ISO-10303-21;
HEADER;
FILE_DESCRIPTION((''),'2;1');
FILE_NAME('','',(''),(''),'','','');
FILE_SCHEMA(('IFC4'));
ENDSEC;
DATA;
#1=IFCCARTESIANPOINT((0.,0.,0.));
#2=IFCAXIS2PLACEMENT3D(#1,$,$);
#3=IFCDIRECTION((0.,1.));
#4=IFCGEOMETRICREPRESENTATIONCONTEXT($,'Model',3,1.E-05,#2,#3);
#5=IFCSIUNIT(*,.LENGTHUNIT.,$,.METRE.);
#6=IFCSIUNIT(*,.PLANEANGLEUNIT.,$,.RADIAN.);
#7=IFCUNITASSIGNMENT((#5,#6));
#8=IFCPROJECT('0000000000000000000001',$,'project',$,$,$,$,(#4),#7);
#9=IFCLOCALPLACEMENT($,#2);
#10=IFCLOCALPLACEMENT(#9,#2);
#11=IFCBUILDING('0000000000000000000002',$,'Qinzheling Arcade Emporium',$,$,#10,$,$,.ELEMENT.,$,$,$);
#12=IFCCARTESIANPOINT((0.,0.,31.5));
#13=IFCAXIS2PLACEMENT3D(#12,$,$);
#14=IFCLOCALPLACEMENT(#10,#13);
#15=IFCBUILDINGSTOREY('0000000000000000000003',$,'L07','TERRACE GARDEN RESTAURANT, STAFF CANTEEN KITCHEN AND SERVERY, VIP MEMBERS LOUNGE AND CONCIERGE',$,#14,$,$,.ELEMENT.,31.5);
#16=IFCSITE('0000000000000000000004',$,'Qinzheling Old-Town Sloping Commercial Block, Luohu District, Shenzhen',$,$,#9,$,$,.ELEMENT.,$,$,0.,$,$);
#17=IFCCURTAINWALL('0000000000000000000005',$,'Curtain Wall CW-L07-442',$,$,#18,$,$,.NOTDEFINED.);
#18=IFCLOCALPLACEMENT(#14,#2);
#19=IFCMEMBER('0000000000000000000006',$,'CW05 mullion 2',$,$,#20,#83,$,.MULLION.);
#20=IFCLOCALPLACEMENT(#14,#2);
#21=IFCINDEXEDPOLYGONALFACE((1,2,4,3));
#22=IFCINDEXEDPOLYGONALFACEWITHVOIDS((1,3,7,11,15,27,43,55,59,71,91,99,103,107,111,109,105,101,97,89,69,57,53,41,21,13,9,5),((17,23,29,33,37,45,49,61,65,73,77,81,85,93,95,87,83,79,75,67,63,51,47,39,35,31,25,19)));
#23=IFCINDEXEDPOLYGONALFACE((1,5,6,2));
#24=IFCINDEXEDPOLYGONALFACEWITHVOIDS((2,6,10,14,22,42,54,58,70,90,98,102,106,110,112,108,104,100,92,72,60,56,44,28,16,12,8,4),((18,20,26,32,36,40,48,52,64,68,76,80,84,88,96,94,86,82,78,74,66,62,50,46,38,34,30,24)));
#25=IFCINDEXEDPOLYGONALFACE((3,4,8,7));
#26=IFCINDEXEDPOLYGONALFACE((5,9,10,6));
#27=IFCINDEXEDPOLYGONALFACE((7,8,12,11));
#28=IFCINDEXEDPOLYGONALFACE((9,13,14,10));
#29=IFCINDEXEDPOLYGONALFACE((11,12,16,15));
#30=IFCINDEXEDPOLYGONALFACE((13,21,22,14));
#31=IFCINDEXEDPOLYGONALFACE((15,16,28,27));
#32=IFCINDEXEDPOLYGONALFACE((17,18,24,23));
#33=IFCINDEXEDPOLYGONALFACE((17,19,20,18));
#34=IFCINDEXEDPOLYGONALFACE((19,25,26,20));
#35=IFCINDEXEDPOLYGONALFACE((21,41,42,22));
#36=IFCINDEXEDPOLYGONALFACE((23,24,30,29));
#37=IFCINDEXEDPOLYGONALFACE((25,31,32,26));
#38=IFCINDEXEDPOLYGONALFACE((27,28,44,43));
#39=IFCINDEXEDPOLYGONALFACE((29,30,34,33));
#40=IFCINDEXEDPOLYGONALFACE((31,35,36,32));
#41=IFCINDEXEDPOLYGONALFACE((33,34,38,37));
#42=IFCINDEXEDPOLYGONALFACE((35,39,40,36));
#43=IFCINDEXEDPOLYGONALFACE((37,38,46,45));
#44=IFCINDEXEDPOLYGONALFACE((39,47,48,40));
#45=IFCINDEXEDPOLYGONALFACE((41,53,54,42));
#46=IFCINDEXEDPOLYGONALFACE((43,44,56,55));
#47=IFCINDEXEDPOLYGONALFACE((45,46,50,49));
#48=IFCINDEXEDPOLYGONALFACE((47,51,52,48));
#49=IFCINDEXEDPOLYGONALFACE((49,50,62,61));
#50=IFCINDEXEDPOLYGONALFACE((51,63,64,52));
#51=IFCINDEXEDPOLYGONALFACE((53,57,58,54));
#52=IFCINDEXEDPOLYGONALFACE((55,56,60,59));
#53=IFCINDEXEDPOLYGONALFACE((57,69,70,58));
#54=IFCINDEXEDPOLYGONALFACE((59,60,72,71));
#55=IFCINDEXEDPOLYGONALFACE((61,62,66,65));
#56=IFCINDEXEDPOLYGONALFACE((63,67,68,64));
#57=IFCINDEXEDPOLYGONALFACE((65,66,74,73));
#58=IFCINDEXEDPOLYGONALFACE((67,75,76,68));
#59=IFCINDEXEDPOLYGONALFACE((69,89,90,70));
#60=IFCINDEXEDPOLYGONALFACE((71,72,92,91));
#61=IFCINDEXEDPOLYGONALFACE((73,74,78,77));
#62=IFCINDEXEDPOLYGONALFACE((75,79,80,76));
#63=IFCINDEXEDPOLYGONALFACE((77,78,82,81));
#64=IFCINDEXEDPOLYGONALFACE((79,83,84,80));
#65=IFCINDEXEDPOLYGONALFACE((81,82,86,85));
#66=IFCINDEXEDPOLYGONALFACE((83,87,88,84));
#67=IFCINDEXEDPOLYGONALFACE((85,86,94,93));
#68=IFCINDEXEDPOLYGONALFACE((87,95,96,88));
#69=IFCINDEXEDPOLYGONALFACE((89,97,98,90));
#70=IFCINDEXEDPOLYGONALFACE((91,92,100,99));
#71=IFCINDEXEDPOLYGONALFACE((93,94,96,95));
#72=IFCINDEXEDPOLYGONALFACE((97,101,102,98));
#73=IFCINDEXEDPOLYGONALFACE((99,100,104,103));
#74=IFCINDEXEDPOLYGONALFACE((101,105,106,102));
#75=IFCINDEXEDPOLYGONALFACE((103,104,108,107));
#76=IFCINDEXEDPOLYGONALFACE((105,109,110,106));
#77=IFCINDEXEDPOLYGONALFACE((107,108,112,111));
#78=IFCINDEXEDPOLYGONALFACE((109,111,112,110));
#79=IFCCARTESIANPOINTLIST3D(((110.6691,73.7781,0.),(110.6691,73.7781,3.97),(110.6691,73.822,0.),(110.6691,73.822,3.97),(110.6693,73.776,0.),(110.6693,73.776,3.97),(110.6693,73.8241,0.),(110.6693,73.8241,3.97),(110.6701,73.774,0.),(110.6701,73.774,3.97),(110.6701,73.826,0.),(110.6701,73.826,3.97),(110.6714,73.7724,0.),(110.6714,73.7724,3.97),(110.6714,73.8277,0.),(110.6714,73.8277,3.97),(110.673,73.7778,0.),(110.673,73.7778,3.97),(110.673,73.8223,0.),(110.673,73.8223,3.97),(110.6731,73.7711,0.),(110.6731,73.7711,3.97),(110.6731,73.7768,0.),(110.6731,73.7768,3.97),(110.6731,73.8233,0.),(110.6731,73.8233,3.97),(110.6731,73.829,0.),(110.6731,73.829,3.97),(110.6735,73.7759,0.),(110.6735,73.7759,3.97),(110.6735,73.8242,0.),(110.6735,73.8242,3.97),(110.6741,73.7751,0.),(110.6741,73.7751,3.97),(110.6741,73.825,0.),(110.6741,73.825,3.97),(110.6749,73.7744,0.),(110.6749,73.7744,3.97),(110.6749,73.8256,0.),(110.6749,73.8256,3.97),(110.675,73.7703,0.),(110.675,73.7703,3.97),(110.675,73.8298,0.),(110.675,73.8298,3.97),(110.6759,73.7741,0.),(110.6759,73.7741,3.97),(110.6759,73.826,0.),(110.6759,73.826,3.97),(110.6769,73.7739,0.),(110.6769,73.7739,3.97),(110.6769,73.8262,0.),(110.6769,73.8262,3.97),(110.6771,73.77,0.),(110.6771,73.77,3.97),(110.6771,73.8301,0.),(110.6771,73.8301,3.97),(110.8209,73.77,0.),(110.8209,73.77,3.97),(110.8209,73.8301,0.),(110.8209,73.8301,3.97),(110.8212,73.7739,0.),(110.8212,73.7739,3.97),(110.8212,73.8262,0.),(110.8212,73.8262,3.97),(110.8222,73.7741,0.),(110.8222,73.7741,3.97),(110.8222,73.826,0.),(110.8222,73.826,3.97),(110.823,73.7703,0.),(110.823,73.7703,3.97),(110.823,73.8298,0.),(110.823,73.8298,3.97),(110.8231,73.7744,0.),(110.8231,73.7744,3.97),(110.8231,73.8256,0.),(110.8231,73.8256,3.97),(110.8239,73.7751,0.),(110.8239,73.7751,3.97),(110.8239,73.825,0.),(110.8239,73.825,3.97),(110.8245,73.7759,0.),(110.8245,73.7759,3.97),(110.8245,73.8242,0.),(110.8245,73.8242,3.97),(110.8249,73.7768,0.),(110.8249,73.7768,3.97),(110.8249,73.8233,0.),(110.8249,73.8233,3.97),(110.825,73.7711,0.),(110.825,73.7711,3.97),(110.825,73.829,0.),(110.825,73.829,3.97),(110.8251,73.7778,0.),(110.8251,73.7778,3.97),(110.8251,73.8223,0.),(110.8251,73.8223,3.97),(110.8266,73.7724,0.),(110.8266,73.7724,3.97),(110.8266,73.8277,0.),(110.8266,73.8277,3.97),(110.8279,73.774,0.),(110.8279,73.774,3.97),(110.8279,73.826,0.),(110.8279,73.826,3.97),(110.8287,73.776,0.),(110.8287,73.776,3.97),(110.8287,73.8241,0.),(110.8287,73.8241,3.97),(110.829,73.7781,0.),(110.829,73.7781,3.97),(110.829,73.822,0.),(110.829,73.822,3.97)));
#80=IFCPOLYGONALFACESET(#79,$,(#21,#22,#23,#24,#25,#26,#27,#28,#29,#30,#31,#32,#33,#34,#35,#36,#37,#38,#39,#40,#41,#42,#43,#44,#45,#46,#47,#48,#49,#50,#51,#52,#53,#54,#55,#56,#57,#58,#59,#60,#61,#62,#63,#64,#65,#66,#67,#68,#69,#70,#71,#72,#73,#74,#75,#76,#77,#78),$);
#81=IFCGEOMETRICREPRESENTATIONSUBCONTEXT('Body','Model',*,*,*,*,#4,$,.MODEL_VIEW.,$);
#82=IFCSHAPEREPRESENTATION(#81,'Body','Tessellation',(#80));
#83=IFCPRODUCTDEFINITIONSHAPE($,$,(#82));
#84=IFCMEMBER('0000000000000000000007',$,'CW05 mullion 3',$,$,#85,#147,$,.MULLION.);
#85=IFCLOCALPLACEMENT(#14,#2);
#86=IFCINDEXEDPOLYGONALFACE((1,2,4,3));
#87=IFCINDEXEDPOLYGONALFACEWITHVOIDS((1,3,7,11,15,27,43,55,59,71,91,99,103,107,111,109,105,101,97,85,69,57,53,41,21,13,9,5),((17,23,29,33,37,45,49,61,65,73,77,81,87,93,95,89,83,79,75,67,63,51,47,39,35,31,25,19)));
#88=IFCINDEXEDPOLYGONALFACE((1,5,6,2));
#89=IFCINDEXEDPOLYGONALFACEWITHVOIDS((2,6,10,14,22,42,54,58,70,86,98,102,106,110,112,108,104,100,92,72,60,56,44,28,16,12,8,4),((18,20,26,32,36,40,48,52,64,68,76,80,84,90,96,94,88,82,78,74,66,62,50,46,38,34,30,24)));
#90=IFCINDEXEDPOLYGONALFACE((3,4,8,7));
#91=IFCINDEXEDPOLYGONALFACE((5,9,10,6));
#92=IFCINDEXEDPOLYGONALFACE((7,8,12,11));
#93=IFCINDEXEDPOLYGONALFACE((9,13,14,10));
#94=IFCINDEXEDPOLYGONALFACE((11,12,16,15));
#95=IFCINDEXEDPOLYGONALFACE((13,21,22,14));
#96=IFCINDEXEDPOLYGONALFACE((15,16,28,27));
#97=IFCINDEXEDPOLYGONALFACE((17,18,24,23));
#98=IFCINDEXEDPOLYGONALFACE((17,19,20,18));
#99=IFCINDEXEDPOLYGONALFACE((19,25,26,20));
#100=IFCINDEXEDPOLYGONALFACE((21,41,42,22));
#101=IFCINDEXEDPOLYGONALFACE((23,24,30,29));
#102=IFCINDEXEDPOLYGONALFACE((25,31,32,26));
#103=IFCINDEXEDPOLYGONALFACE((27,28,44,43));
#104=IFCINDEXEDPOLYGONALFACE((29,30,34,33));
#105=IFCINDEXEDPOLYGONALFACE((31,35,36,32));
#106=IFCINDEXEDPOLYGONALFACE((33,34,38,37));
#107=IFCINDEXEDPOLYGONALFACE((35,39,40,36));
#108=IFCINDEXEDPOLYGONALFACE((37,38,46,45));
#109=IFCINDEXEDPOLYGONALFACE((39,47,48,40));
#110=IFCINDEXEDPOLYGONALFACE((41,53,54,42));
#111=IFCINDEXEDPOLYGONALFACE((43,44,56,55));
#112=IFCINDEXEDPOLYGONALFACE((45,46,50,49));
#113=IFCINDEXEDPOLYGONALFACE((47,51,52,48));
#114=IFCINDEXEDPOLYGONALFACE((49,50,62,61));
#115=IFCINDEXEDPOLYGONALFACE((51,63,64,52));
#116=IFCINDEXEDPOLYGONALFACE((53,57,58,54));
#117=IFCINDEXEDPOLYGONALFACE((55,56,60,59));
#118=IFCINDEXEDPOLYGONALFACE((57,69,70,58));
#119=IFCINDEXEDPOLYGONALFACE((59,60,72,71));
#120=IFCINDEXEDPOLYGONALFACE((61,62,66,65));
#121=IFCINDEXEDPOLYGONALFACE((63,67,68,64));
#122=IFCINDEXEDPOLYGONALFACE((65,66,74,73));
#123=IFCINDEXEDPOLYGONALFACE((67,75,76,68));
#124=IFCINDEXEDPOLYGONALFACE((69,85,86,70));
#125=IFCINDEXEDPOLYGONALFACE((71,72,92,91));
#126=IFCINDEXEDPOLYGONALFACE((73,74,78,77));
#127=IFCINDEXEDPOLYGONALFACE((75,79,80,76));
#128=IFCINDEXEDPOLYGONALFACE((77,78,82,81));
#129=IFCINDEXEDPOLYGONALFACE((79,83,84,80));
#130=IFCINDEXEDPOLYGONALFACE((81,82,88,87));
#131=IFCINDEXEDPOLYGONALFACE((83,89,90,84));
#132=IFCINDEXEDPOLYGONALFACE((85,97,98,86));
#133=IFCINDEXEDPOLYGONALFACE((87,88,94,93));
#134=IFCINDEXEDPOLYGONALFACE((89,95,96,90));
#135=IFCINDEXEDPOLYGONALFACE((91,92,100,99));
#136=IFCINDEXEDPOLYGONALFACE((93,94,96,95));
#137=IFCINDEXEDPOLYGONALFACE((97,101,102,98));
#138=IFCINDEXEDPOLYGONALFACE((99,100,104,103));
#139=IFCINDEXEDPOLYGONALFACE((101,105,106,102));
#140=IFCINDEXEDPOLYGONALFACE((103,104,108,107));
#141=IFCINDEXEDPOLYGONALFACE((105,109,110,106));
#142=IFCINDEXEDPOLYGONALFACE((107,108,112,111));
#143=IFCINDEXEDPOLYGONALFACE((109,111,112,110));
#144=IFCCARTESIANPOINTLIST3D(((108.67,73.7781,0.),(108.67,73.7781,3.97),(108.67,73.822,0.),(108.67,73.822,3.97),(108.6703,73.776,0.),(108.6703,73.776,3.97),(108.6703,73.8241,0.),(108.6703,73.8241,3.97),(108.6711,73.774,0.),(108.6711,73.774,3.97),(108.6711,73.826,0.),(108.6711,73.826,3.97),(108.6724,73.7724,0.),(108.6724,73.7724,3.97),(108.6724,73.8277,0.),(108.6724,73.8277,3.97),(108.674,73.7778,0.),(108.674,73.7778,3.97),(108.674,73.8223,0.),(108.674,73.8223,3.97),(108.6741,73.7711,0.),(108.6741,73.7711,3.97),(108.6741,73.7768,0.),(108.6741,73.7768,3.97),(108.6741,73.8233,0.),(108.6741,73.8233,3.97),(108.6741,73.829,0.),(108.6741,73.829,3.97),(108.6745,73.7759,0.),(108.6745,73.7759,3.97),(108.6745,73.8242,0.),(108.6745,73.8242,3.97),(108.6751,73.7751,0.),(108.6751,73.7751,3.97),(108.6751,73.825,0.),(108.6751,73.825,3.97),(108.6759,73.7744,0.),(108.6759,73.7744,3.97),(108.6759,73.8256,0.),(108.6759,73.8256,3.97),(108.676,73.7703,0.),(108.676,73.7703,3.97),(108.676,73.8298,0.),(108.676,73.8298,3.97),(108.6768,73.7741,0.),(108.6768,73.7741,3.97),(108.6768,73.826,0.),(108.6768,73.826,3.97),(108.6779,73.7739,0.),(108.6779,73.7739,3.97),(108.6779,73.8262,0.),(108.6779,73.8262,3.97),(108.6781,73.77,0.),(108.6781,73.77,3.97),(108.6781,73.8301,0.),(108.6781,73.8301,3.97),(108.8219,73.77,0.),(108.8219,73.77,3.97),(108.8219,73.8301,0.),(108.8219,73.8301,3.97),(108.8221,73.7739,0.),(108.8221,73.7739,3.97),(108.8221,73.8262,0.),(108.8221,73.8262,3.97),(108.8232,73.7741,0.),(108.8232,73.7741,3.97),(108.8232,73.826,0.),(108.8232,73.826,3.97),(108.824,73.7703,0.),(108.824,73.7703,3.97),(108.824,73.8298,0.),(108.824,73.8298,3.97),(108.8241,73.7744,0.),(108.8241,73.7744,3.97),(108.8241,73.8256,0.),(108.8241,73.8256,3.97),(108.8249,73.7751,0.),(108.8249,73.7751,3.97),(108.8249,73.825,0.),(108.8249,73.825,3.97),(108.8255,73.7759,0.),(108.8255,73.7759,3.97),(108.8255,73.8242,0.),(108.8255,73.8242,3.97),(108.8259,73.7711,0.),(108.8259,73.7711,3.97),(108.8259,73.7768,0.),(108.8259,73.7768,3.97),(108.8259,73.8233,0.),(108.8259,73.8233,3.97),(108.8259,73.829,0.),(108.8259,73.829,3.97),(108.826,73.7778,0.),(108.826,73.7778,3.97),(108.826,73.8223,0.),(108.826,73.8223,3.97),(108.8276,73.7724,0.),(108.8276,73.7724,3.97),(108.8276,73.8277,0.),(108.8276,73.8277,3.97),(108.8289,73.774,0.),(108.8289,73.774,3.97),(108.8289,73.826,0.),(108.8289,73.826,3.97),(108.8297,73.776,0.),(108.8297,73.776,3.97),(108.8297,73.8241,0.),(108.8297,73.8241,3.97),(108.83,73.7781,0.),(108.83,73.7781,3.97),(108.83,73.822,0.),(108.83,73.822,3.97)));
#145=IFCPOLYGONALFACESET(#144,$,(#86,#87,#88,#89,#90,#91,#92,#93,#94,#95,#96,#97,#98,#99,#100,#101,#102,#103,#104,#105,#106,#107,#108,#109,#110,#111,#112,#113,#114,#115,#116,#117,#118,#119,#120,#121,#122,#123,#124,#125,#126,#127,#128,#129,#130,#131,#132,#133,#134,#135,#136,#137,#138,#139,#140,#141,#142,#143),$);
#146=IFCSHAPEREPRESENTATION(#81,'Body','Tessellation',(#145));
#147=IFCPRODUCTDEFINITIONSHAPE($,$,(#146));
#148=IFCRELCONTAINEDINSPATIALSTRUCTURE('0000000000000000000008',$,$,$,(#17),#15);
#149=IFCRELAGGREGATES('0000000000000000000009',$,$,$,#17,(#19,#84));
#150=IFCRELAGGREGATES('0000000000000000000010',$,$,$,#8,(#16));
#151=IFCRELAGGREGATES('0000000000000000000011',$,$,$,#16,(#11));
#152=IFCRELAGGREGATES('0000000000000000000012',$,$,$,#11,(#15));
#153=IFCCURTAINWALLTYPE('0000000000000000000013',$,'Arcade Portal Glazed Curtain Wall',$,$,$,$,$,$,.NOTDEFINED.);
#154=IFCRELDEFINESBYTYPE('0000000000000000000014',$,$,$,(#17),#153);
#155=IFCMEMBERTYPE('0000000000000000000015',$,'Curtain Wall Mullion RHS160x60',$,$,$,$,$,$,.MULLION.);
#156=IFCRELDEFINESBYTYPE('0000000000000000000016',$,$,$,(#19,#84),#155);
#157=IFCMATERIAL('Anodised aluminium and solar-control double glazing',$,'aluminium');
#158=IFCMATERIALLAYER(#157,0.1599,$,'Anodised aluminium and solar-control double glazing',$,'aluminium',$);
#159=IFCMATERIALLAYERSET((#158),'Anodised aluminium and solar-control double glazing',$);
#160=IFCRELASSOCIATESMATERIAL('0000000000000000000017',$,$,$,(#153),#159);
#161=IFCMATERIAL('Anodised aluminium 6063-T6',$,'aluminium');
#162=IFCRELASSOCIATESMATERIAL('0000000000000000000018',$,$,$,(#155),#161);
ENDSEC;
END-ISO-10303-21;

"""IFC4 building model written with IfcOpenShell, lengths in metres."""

from ifc_helpers import new_model, si_unit, direction, frame, origin, origin_2d, place, context, subcontext, project, spatial, hollow_rectangle, extrude, material, layer, layer_set, material_profile, profile_set, type_object, element, aggregate, save


model = new_model("IFC4")

# Units and contexts
model_context = context("Model", 3, precision=1e-05, world=origin(), true_north=direction((0.0, 1.0)))
body_context = subcontext(model_context, "Body", "Model", "MODEL_VIEW")
ifc_project = project(units=[si_unit("LENGTHUNIT", "METRE"), si_unit("PLANEANGLEUNIT", "RADIAN")], contexts=[model_context])

# Site, building, storey
site_placement = place(None, origin())
site = spatial("IfcSite", under=ifc_project, at=site_placement, Name="Qinzheling Old-Town Sloping Commercial Block, Luohu District, Shenzhen", CompositionType="ELEMENT", RefElevation=0.0)
building_placement = place(site_placement, origin())
building = spatial("IfcBuilding", under=site, at=building_placement, Name="Qinzheling Arcade Emporium", CompositionType="ELEMENT")
storey_placement = place(building_placement, frame((0.0, 0.0, 31.5)))
storey = spatial("IfcBuildingStorey", under=building, at=storey_placement, Name="L07", Description="TERRACE GARDEN RESTAURANT, STAFF CANTEEN KITCHEN AND SERVERY, VIP MEMBERS LOUNGE AND CONCIERGE", CompositionType="ELEMENT", Elevation=31.5)

# Shared definitions
ifc_material_1 = material(Name="Anodised aluminium and solar-control double glazing", Category="aluminium")
ifc_layer_1 = layer(ifc_material_1, 0.1599, Name="Anodised aluminium and solar-control double glazing", Category="aluminium")
ifc_layer_set_1 = layer_set([ifc_layer_1], Name="Anodised aluminium and solar-control double glazing")
curtain_wall_type = type_object("IfcCurtainWallType", Name="Arcade Portal Glazed Curtain Wall", PredefinedType="NOTDEFINED", material=ifc_layer_set_1)
ifc_material_2 = material(Name="Anodised aluminium 6063-T6", Category="aluminium")
ifc_material_profile_1 = material_profile(ifc_material_2, hollow_rectangle(XDim=0.0601, YDim=0.1599, WallThickness=0.0039, InnerFilletRadius=0.0039, OuterFilletRadius=0.0081, at=origin_2d()), Name="RHS 160x60x4", Category="aluminium")
ifc_profile_set_1 = profile_set([ifc_material_profile_1], Name="Anodised aluminium 6063-T6")
member_type_1 = type_object("IfcMemberType", Name="Curtain Wall Mullion RHS160x60", PredefinedType="MULLION", material=ifc_profile_set_1)

# Curtain wall, members
curtain_wall_1_placement = place(storey_placement, origin())
curtain_wall_1 = element("IfcCurtainWall", 1, at=curtain_wall_1_placement, inside=storey, type_object=curtain_wall_type, Name="Curtain Wall CW-L07-442", PredefinedType="NOTDEFINED")
member_1_placement = place(storey_placement, frame((110.749, 73.8, 0.0), z_axis=(0.0, 0.0, 1.0), x_axis=(0.0, -1.0, 0.0)))
member_1 = element("IfcMember", 2, at=member_1_placement, type_object=member_type_1, Name="CW05 mullion 2", PredefinedType="MULLION", context=body_context, shape_type="SweptSolid", body=[
    extrude(hollow_rectangle(XDim=0.0601, YDim=0.1599, WallThickness=0.0039, InnerFilletRadius=0.0039, OuterFilletRadius=0.0081, at=origin_2d()), origin(), (0.0, 0.0, 1.0), 3.97),
])
member_2_placement = place(storey_placement, frame((108.75, 73.8, 0.0), z_axis=(0.0, 0.0, 1.0), x_axis=(0.0, -1.0, 0.0)))
member_2 = element("IfcMember", 3, at=member_2_placement, type_object=member_type_1, Name="CW05 mullion 3", PredefinedType="MULLION", context=body_context, shape_type="SweptSolid", body=[
    extrude(hollow_rectangle(XDim=0.0601, YDim=0.1599, WallThickness=0.0039, InnerFilletRadius=0.0039, OuterFilletRadius=0.0081, at=origin_2d()), origin(), (0.0, 0.0, 1.0), 3.97),
])

aggregate(curtain_wall_1, [member_1, member_2])

save(model, "model.ifc")
